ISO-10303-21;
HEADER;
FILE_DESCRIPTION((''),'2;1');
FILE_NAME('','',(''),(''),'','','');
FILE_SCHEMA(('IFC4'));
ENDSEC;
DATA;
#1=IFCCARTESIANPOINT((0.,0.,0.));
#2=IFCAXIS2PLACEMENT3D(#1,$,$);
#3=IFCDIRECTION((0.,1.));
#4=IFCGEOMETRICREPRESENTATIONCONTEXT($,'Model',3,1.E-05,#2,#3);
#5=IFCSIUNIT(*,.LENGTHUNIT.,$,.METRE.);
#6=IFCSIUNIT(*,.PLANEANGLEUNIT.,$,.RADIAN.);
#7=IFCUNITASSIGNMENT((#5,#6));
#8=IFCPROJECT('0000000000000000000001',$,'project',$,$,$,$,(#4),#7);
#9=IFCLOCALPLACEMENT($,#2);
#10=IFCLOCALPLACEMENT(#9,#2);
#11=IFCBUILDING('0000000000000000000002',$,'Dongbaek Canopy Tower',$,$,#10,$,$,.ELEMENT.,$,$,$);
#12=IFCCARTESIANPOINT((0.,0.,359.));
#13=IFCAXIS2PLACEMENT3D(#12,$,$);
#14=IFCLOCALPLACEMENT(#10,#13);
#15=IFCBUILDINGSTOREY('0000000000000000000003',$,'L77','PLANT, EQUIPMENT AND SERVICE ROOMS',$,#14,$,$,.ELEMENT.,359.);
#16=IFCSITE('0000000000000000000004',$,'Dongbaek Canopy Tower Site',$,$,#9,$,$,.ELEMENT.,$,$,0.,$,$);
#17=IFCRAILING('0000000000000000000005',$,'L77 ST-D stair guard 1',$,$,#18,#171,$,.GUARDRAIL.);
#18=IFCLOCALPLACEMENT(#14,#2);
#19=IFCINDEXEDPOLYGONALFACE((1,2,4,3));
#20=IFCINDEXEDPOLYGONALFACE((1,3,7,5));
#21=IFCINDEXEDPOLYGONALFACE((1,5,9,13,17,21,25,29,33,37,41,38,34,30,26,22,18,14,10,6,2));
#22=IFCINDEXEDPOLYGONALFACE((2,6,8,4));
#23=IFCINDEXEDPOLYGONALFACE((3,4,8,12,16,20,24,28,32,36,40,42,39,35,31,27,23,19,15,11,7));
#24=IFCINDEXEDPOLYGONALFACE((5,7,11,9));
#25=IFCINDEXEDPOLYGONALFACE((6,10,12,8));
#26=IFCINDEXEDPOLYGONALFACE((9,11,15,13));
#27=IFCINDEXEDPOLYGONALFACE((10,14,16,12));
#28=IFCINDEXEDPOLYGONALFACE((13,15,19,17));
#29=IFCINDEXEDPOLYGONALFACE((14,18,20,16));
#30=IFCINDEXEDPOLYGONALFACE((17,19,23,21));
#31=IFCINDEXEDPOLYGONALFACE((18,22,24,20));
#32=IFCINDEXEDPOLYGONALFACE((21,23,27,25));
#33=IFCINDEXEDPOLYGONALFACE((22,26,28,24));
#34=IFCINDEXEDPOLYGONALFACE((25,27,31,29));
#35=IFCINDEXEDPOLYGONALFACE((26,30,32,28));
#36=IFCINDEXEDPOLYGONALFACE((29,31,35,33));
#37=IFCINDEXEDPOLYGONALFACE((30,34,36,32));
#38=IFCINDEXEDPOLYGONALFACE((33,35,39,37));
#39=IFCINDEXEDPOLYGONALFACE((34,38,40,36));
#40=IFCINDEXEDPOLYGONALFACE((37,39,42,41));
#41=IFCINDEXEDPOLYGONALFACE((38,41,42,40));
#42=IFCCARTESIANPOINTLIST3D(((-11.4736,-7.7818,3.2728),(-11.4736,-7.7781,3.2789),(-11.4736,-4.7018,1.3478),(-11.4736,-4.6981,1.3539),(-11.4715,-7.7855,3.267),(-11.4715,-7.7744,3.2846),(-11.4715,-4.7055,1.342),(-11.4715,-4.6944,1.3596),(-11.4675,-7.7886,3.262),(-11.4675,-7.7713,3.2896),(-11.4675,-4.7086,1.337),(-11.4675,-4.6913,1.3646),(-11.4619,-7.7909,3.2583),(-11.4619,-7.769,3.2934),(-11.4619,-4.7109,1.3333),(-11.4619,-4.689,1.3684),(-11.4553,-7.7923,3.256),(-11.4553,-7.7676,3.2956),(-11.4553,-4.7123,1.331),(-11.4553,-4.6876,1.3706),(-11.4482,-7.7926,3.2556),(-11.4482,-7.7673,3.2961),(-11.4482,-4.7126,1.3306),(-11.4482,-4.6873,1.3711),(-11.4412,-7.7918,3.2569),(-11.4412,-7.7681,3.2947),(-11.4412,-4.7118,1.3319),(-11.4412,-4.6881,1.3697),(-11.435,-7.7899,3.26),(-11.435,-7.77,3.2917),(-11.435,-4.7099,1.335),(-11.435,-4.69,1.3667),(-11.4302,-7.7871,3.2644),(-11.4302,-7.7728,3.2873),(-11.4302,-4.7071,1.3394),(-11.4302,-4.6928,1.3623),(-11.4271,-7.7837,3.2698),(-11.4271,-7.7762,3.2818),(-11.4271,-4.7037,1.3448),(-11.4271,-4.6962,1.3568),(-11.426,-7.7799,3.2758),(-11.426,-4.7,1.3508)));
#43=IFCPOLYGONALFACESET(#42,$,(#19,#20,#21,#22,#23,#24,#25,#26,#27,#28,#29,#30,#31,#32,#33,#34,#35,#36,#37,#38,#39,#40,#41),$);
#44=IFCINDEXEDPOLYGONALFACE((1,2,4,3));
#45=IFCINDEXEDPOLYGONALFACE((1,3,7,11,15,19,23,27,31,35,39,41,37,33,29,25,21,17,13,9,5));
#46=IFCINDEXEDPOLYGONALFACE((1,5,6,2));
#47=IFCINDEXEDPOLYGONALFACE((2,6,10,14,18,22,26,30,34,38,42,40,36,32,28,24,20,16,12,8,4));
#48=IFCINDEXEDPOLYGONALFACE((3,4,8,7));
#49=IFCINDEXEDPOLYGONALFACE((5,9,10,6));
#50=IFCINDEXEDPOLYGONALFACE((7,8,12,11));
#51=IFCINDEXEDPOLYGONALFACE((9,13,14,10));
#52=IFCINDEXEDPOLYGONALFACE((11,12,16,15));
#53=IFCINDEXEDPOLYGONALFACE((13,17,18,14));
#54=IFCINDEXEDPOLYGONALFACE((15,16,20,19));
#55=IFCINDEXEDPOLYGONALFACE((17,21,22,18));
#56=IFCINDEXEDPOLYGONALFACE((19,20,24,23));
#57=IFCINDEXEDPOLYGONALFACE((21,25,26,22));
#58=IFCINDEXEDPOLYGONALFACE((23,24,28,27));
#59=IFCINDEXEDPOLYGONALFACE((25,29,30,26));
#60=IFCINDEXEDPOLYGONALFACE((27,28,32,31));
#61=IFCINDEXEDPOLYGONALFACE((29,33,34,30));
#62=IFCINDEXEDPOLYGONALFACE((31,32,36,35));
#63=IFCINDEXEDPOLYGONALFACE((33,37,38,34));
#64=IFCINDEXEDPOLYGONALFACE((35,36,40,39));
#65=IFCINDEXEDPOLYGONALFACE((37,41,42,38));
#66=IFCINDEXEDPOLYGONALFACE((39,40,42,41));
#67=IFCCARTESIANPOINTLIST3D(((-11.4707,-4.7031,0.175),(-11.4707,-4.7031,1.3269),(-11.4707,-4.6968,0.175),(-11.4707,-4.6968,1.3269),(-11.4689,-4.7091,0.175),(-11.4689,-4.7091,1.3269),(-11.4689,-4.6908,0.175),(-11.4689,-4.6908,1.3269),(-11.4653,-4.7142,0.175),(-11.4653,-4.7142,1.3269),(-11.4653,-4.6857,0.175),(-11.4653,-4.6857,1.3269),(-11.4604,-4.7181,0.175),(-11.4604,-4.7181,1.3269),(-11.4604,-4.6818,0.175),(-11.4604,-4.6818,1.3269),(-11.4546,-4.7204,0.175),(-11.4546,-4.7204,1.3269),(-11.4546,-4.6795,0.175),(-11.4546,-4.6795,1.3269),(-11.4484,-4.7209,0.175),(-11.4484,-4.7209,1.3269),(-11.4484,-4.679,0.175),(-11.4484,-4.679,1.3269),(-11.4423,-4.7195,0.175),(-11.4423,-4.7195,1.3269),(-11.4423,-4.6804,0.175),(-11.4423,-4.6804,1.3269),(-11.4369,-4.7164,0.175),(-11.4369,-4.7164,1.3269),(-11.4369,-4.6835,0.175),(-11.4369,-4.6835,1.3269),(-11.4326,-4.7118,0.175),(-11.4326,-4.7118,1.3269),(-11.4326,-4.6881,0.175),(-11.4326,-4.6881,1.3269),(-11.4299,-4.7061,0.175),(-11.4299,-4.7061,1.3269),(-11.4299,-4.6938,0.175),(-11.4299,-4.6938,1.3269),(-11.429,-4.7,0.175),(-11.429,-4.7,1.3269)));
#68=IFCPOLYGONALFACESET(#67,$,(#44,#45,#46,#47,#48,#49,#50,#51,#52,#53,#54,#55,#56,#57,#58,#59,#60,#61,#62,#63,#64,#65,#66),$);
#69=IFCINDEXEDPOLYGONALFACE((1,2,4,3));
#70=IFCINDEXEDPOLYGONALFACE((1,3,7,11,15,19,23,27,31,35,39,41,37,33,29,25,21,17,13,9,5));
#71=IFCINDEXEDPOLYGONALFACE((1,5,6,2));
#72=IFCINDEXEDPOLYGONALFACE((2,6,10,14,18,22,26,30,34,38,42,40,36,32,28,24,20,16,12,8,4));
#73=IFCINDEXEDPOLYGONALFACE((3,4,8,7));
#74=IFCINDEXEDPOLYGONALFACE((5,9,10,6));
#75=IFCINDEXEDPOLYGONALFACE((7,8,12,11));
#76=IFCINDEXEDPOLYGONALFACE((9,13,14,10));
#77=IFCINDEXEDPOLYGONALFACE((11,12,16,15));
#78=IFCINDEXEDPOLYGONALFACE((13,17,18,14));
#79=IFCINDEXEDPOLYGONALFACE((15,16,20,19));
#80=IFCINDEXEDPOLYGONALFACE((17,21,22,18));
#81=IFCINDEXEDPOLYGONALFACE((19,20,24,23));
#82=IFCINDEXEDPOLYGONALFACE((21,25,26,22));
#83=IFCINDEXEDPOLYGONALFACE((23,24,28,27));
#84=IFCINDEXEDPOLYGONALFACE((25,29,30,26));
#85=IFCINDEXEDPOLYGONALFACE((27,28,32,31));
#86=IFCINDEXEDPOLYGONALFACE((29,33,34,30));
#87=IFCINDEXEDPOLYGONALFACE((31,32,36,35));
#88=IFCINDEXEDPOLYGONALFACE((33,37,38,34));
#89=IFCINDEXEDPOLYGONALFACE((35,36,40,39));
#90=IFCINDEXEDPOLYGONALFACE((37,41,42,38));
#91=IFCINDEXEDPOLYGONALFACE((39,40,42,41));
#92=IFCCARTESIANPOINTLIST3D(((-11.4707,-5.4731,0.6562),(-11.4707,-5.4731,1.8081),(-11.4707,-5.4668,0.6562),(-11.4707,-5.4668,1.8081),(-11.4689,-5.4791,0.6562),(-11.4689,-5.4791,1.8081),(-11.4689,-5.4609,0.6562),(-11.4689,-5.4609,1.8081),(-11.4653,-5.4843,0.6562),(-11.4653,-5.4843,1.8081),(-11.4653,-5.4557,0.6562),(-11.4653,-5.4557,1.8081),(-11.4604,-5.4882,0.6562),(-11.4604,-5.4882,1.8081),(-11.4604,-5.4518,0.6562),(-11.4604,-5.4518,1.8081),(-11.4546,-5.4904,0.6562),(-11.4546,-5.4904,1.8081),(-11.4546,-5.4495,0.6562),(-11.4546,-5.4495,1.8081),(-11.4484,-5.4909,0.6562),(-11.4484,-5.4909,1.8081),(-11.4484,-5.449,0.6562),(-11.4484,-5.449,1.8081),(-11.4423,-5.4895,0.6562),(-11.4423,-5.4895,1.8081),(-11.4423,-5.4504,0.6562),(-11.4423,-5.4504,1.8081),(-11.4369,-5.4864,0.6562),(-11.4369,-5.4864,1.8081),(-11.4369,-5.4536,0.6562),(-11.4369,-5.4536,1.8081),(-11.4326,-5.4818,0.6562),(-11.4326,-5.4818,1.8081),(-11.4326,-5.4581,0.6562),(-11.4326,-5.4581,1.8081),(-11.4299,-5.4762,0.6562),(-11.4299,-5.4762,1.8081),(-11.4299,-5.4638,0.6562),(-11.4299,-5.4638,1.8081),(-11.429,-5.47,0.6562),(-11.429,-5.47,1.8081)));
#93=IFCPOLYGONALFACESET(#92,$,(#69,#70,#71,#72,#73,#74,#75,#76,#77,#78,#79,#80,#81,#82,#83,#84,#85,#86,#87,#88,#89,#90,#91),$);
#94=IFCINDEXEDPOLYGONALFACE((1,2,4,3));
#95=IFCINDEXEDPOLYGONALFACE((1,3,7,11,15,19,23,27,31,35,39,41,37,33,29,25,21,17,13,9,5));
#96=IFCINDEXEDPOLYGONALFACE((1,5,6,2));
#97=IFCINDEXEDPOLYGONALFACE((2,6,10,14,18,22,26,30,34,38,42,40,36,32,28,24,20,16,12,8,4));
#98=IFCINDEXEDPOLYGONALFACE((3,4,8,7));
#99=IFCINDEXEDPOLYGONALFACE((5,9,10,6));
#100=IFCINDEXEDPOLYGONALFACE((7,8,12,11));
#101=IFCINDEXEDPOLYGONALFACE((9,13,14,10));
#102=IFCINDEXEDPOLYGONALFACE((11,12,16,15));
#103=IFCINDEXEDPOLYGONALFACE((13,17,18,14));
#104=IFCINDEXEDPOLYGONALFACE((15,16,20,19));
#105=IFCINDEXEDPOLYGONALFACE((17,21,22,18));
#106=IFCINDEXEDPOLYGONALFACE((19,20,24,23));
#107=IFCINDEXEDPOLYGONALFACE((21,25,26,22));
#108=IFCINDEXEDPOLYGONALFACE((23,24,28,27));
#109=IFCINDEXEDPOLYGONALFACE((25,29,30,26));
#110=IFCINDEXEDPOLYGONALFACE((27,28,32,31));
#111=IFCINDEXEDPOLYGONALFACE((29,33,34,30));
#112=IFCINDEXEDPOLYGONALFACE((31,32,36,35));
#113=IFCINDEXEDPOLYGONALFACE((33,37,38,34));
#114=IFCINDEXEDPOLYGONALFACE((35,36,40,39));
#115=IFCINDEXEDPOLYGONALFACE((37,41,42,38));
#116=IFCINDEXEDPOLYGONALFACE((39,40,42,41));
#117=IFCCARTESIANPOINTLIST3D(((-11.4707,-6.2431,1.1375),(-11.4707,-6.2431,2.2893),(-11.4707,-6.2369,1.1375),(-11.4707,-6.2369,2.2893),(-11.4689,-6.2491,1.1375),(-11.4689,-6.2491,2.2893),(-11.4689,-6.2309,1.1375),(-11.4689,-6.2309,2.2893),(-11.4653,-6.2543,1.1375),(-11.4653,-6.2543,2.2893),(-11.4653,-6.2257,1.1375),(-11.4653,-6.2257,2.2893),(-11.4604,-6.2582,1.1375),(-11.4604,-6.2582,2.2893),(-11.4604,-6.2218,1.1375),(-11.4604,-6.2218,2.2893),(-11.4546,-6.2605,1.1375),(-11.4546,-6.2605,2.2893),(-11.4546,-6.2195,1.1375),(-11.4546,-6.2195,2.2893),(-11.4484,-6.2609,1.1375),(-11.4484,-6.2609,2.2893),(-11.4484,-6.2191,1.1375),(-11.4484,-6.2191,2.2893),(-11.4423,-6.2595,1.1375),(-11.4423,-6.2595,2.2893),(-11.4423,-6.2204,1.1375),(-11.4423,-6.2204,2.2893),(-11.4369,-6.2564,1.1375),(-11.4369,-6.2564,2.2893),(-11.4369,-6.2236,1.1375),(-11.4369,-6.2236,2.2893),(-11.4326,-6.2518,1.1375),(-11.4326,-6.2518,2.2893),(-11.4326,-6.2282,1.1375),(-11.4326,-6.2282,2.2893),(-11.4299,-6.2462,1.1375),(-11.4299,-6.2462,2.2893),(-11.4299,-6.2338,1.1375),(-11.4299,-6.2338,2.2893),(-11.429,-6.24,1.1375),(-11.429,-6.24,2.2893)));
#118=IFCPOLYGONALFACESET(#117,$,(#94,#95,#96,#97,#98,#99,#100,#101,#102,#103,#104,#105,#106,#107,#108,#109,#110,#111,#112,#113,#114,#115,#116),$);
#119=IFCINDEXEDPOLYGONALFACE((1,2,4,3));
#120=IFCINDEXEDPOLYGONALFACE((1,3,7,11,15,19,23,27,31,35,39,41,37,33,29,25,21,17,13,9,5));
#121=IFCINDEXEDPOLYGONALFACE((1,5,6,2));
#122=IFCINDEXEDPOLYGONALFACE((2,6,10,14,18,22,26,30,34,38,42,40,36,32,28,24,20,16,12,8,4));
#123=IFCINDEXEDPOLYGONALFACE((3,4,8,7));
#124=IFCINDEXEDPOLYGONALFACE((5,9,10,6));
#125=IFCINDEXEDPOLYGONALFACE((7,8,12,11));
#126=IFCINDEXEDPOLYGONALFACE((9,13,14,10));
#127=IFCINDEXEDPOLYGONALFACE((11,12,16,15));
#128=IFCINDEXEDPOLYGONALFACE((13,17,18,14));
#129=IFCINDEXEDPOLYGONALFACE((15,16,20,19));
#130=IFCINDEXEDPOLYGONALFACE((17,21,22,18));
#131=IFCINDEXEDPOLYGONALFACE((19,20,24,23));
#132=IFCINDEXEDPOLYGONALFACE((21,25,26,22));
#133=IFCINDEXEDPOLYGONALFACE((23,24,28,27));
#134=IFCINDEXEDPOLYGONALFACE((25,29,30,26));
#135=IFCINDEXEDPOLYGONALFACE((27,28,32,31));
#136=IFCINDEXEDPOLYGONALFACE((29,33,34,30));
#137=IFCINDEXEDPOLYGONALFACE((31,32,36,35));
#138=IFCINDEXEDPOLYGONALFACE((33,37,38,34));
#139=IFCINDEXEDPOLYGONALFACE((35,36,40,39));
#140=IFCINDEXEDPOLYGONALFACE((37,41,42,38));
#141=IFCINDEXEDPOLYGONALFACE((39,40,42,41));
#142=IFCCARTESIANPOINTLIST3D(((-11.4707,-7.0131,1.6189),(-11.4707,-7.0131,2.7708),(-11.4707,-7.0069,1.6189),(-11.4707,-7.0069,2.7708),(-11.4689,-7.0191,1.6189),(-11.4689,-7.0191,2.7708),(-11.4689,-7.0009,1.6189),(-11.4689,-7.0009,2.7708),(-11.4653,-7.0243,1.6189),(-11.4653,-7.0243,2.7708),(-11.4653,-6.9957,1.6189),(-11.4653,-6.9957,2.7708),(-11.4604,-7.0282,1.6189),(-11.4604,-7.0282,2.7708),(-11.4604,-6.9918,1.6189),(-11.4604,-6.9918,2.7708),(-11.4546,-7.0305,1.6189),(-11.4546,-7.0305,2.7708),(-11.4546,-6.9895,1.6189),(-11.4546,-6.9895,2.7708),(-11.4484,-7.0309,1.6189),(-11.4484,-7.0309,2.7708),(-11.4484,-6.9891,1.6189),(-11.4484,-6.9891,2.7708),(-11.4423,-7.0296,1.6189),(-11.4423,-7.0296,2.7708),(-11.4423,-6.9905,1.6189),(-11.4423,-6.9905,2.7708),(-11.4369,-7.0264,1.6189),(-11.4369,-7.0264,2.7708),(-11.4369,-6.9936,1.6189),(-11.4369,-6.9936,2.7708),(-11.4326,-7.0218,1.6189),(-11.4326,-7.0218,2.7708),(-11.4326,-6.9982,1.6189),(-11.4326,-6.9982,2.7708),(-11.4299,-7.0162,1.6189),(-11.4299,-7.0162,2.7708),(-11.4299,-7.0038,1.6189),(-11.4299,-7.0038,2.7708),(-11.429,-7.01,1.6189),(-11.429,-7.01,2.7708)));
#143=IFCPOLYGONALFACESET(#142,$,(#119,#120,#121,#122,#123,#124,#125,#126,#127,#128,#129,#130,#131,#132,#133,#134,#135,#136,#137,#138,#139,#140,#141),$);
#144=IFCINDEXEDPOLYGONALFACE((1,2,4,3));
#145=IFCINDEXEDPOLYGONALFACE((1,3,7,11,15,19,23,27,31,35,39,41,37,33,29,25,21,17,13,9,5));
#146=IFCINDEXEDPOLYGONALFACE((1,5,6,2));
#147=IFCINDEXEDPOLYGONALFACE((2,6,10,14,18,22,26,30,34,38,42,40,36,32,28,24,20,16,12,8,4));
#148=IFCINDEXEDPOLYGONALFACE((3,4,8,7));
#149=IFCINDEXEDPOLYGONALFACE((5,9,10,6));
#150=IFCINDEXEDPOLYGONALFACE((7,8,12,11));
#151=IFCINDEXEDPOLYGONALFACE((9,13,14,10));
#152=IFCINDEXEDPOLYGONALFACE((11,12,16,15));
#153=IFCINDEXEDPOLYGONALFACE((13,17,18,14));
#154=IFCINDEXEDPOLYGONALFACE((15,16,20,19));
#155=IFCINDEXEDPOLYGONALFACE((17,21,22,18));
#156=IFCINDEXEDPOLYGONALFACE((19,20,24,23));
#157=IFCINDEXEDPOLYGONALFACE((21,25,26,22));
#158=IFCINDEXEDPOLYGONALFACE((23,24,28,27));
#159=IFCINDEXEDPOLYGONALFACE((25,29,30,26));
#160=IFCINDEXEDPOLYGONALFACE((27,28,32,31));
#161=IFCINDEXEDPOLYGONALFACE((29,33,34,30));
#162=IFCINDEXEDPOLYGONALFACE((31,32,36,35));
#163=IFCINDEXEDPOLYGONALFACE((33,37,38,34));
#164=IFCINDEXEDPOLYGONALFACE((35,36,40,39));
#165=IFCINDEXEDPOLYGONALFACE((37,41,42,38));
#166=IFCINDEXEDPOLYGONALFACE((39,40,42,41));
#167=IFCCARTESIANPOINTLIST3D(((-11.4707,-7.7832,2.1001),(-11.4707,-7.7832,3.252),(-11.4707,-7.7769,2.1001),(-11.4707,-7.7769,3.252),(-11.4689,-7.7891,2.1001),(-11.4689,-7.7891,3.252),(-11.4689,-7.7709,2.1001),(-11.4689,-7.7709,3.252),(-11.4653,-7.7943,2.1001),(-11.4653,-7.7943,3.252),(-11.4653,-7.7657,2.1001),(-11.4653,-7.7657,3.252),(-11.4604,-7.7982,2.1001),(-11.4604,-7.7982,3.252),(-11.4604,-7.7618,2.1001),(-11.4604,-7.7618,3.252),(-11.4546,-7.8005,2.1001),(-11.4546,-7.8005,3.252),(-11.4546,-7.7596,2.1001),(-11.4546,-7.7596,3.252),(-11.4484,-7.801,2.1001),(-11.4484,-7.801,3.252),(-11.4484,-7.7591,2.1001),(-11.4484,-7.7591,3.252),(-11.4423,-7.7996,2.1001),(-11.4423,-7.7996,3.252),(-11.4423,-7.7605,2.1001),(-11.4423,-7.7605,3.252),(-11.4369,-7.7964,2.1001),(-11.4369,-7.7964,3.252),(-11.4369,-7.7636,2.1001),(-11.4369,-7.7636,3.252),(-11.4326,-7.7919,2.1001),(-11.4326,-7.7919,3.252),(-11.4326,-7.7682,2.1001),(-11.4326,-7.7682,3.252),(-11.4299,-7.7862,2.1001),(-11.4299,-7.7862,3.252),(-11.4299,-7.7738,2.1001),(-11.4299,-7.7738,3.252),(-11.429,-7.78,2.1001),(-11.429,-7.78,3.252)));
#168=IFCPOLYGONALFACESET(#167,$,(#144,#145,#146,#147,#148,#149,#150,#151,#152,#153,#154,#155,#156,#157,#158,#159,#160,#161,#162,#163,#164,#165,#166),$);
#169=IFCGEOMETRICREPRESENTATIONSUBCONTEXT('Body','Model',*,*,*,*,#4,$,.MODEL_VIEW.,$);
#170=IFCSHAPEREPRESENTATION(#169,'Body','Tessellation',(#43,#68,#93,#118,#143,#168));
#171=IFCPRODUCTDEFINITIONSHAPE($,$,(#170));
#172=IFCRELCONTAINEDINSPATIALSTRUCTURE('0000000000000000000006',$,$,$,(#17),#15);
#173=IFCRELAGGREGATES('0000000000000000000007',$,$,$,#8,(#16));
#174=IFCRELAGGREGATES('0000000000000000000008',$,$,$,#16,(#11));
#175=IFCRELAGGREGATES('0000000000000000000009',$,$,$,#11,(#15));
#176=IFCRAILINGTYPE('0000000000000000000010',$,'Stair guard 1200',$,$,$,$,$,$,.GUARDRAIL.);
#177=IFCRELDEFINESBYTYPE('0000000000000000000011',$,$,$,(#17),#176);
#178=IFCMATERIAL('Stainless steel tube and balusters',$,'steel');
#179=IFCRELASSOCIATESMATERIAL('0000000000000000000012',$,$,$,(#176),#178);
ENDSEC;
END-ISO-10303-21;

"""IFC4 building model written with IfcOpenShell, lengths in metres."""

from ifc_helpers import new_model, si_unit, direction, frame, origin, origin_2d, place, context, subcontext, project, spatial, circle, extrude, material, type_object, element, save


model = new_model("IFC4")

# Units and contexts
model_context = context("Model", 3, precision=1e-05, world=origin(), true_north=direction((0.0, 1.0)))
body_context = subcontext(model_context, "Body", "Model", "MODEL_VIEW")
ifc_project = project(units=[si_unit("LENGTHUNIT", "METRE"), si_unit("PLANEANGLEUNIT", "RADIAN")], contexts=[model_context])

# Site, building, storey
site_placement = place(None, origin())
site = spatial("IfcSite", under=ifc_project, at=site_placement, Name="Dongbaek Canopy Tower Site", CompositionType="ELEMENT", RefElevation=0.0)
building_placement = place(site_placement, origin())
building = spatial("IfcBuilding", under=site, at=building_placement, Name="Dongbaek Canopy Tower", CompositionType="ELEMENT")
storey_placement = place(building_placement, frame((0.0, 0.0, 359.0)))
storey = spatial("IfcBuildingStorey", under=building, at=storey_placement, Name="L77", Description="PLANT, EQUIPMENT AND SERVICE ROOMS", CompositionType="ELEMENT", Elevation=359.0)

# Railing
ifc_material_1 = material(Name="Stainless steel tube and balusters", Category="steel")
railing_type_1 = type_object("IfcRailingType", Name="Stair guard 1200", PredefinedType="GUARDRAIL", material=ifc_material_1)
railing_1_placement = place(storey_placement, frame((-11.45, -4.7, 0.175)))
element("IfcRailing", 1, at=railing_1_placement, inside=storey, type_object=railing_type_1, Name="L77 ST-D stair guard 1", PredefinedType="GUARDRAIL", context=body_context, shape_type="SweptSolid", body=[
    extrude(circle(Radius=0.0239, at=origin_2d()), frame((0.0, 0.0, 1.1758), z_axis=(0.0, -0.847998, 0.529999), x_axis=(1.0, 0.0, 0.0)), (0.0, 0.0, 1.0), 3.6321),
    extrude(circle(Radius=0.021, at=origin_2d()), origin(), (0.0, 0.0, 1.0), 1.1519),
    extrude(circle(Radius=0.021, at=origin_2d()), frame((0.0, -0.77, 0.4812)), (0.0, 0.0, 1.0), 1.1519),
    extrude(circle(Radius=0.021, at=origin_2d()), frame((0.0, -1.54, 0.9624)), (0.0, 0.0, 1.0), 1.1519),
    extrude(circle(Radius=0.021, at=origin_2d()), frame((0.0, -2.3101, 1.4438)), (0.0, 0.0, 1.0), 1.1519),
    extrude(circle(Radius=0.021, at=origin_2d()), frame((0.0, -3.0801, 1.925)), (0.0, 0.0, 1.0), 1.1519),
])

save(model, "model.ifc")
